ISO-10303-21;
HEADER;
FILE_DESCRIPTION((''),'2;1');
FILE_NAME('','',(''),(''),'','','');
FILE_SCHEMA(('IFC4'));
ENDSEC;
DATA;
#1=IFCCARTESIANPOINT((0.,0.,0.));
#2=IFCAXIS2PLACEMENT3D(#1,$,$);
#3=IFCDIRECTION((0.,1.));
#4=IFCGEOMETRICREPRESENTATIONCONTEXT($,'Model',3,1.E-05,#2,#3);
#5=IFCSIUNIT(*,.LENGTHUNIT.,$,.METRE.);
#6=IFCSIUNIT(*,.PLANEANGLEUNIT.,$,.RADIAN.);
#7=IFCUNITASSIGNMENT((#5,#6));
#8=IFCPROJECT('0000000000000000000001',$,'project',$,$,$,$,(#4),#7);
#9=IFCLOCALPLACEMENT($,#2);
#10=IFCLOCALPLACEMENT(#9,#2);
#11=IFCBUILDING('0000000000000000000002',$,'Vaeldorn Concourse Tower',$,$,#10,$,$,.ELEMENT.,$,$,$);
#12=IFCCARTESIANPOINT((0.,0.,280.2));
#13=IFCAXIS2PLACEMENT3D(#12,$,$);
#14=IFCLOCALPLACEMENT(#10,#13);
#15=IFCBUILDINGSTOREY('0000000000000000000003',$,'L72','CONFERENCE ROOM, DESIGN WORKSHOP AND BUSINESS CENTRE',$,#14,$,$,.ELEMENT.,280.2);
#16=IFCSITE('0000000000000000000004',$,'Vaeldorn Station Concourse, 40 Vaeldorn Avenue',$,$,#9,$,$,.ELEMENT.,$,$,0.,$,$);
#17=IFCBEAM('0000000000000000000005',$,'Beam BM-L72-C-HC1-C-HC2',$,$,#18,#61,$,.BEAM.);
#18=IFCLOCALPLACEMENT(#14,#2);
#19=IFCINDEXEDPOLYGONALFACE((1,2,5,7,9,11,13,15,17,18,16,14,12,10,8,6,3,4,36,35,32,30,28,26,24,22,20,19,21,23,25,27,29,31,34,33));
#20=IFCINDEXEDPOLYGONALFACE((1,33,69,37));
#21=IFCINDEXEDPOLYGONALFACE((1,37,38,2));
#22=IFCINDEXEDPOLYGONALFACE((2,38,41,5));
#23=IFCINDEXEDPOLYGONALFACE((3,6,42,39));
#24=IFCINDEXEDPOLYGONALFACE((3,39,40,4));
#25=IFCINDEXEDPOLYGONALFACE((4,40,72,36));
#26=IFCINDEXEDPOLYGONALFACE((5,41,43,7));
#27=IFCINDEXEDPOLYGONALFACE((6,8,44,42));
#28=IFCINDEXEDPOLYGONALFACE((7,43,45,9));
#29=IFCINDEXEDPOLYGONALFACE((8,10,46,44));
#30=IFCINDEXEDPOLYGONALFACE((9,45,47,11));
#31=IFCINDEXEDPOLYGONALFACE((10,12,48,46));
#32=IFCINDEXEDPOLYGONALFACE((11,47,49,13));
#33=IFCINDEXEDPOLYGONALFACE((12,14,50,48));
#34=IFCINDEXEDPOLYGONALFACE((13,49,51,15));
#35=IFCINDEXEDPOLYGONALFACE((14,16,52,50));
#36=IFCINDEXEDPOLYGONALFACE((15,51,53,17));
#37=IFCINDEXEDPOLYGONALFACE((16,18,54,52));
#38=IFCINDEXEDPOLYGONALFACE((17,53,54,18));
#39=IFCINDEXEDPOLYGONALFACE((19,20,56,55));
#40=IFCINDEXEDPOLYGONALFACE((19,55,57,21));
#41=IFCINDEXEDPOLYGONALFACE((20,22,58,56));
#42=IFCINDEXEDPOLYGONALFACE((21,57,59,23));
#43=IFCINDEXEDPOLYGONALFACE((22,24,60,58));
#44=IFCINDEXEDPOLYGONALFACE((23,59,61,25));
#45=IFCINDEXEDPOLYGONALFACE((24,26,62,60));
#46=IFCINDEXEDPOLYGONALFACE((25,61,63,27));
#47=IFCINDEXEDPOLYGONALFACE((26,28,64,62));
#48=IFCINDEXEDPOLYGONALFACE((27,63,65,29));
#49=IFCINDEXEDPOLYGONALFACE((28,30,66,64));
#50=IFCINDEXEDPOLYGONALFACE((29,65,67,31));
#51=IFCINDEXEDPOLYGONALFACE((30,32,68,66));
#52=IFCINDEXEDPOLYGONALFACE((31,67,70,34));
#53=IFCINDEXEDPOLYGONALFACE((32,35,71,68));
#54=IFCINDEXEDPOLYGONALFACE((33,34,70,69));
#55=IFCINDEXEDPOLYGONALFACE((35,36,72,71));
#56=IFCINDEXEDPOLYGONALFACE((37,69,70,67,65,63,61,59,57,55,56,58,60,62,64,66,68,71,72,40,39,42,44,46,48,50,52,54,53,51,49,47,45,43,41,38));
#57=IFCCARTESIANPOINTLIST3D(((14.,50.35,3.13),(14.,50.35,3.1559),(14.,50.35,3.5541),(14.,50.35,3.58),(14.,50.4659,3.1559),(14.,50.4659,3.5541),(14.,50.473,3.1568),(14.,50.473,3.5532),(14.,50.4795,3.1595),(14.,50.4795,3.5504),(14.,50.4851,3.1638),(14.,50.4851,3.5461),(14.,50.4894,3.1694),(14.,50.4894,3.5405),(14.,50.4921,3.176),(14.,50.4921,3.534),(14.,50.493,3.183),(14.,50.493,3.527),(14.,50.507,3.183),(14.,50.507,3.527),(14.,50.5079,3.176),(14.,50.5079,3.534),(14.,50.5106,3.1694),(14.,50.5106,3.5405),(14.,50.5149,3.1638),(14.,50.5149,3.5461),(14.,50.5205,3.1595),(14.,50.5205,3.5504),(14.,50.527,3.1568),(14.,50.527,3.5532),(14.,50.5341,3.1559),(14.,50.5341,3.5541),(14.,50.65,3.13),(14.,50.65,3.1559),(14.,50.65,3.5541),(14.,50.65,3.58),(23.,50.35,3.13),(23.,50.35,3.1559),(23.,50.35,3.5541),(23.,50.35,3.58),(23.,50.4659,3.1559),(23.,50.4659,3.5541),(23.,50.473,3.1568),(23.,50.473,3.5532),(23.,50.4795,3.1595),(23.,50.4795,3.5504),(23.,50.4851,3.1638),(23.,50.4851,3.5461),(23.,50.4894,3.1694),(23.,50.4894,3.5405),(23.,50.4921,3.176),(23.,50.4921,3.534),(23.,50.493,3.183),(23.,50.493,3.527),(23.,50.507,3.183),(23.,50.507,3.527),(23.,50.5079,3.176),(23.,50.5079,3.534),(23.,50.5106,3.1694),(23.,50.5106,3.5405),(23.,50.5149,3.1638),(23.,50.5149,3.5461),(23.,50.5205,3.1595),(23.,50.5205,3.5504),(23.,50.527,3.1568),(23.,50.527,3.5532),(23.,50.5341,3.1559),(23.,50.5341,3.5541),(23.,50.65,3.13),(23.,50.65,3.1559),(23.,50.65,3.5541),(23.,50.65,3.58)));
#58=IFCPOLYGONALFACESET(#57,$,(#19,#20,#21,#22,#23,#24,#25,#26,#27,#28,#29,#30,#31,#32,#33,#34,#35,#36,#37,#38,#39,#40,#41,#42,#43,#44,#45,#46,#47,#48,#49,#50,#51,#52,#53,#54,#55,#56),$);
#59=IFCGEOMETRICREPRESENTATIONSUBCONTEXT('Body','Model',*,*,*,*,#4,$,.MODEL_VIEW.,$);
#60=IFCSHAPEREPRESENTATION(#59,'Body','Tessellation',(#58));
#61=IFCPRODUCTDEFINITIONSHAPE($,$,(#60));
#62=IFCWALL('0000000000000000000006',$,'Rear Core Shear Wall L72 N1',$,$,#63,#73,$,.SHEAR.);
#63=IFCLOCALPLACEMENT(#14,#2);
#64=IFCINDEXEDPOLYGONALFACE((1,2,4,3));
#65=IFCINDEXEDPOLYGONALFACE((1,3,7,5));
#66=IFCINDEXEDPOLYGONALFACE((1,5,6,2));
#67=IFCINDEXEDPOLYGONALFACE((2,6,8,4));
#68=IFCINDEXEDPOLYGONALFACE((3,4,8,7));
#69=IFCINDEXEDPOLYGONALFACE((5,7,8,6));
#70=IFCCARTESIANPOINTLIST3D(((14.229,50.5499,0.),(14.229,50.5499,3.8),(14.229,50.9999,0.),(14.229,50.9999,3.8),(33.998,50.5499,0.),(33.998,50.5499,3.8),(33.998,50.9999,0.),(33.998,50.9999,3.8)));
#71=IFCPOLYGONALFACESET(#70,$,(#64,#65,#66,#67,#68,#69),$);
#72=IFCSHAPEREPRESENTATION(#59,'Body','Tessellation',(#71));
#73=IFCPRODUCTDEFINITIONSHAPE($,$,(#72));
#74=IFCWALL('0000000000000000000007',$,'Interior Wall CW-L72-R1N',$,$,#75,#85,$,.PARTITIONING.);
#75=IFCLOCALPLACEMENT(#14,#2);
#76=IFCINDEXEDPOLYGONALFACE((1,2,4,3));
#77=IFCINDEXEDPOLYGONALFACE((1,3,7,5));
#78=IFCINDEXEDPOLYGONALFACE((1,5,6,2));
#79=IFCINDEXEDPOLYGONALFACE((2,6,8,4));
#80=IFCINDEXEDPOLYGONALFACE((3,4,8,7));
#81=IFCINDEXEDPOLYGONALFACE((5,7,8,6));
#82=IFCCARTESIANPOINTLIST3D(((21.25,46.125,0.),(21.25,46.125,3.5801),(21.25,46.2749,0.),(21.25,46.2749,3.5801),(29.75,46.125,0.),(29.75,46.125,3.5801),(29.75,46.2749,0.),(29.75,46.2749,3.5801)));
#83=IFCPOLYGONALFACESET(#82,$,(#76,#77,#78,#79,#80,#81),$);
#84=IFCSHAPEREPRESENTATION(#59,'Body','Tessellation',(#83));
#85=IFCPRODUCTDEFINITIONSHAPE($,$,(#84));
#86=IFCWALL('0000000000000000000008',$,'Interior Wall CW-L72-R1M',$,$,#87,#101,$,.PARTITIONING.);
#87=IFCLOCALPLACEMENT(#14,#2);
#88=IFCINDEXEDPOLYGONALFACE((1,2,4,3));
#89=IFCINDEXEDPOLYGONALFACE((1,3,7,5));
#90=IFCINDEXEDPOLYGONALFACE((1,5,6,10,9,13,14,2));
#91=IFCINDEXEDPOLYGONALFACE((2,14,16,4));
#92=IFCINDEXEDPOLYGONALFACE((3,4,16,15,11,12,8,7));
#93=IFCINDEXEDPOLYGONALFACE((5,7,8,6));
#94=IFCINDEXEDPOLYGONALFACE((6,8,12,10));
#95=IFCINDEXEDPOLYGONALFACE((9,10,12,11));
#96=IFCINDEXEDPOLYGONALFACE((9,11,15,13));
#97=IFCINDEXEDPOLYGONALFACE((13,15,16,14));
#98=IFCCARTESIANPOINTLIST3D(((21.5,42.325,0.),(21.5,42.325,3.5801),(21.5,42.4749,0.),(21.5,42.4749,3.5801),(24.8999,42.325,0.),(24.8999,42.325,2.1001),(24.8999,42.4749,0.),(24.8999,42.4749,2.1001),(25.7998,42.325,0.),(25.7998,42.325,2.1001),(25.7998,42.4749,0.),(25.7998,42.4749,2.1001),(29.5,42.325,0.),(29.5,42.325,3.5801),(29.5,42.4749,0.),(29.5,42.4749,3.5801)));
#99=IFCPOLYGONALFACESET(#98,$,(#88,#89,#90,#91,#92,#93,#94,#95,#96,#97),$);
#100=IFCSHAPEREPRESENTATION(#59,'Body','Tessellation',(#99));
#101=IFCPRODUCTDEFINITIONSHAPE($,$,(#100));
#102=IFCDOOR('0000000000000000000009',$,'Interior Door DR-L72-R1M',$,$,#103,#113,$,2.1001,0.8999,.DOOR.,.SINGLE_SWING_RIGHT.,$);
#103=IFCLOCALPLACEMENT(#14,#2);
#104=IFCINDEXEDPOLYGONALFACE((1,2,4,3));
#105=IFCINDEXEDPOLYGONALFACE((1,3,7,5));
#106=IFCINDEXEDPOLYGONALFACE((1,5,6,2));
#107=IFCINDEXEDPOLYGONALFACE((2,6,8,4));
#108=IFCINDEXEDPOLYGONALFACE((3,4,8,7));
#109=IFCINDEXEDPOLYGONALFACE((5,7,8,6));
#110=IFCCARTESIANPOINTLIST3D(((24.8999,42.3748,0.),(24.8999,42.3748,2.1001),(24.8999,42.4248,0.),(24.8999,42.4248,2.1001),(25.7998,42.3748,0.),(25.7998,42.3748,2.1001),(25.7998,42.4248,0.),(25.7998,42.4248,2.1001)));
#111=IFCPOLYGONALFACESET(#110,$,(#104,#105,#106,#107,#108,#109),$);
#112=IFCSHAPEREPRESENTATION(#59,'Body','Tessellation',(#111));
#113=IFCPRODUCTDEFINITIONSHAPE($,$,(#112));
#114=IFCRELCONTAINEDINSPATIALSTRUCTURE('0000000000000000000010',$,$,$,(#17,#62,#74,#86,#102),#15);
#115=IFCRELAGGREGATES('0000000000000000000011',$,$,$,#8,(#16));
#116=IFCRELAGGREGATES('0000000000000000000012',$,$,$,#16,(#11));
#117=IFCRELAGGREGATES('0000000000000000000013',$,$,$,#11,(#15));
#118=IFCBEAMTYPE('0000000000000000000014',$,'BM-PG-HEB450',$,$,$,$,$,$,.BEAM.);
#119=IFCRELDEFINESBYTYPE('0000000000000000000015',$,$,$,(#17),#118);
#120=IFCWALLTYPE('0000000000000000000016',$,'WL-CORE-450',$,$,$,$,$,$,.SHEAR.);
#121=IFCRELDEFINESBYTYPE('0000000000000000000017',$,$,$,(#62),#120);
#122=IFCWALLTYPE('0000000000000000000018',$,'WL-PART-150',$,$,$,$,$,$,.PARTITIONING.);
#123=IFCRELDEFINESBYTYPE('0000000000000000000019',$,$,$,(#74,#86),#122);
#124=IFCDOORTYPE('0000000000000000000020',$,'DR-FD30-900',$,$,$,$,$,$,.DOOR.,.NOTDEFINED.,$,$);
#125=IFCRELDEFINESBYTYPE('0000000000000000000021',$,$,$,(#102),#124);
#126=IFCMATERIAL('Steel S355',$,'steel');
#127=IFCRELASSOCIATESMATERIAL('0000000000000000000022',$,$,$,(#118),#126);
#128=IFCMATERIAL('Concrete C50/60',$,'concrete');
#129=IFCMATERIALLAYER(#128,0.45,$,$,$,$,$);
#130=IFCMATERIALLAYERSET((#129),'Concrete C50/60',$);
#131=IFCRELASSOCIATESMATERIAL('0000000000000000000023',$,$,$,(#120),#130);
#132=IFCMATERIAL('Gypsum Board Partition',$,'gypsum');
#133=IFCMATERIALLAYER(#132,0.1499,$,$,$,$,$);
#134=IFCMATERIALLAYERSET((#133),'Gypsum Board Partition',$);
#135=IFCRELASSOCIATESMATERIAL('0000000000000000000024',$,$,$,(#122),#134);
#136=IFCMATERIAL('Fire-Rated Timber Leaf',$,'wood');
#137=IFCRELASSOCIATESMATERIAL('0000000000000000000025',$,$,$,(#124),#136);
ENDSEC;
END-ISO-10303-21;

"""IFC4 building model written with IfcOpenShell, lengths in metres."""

from ifc_helpers import new_model, si_unit, direction, frame, frame_2d, origin, origin_2d, place, context, subcontext, project, spatial, rectangle, i_section, extrude, source, transform, mapped, material, layer, layer_set, material_profile, profile_set, type_object, element, fill, save


model = new_model("IFC4")

# Units and contexts
model_context = context("Model", 3, precision=1e-05, world=origin(), true_north=direction((0.0, 1.0)))
body_context = subcontext(model_context, "Body", "Model", "MODEL_VIEW")
ifc_project = project(units=[si_unit("LENGTHUNIT", "METRE"), si_unit("PLANEANGLEUNIT", "RADIAN")], contexts=[model_context])

# Site, building, storey
site_placement = place(None, origin())
site = spatial("IfcSite", under=ifc_project, at=site_placement, Name="Vaeldorn Station Concourse, 40 Vaeldorn Avenue", CompositionType="ELEMENT", RefElevation=0.0)
building_placement = place(site_placement, origin())
building = spatial("IfcBuilding", under=site, at=building_placement, Name="Vaeldorn Concourse Tower", CompositionType="ELEMENT")
storey_placement = place(building_placement, frame((0.0, 0.0, 280.2)))
storey = spatial("IfcBuildingStorey", under=building, at=storey_placement, Name="L72", Description="CONFERENCE ROOM, DESIGN WORKSHOP AND BUSINESS CENTRE", CompositionType="ELEMENT", Elevation=280.2)

# Shared definitions
ifc_material_1 = material(Name="Steel S355", Category="steel")

# Beam
ifc_material_profile_1 = material_profile(ifc_material_1, i_section(OverallWidth=0.3, OverallDepth=0.45, WebThickness=0.0139, FlangeThickness=0.0259, FilletRadius=0.0271, at=origin_2d()), Name="HEB 450")
ifc_profile_set_1 = profile_set([ifc_material_profile_1], Name="Steel S355")
beam_type_1 = type_object("IfcBeamType", Name="BM-PG-HEB450", PredefinedType="BEAM", material=ifc_profile_set_1)
shared_shape_1 = source(origin(), body_context, "Body", "SweptSolid", [
    extrude(i_section(OverallWidth=0.3, OverallDepth=0.45, WebThickness=0.0139, FlangeThickness=0.0259, FilletRadius=0.0271, at=origin_2d()), origin(), (0.0, 0.0, 1.0), 9.0),
])
beam_1_placement = place(storey_placement, frame((14.0, 50.5, 3.355), z_axis=(1.0, 0.0, 0.0), x_axis=(0.0, 1.0, 0.0)))
element("IfcBeam", 1, at=beam_1_placement, inside=storey, type_object=beam_type_1, Name="Beam BM-L72-C-HC1-C-HC2", PredefinedType="BEAM", context=body_context, shape_type="MappedRepresentation", body=[
    mapped(shared_shape_1, transform((0.0, 0.0, 0.0), scale=1.0)),
])

# Walls
ifc_material_2 = material(Name="Concrete C50/60", Category="concrete")
ifc_layer_1 = layer(ifc_material_2, 0.45)
ifc_layer_set_1 = layer_set([ifc_layer_1], Name="Concrete C50/60")
wall_type_1 = type_object("IfcWallType", Name="WL-CORE-450", PredefinedType="SHEAR", material=ifc_layer_set_1)
wall_1_placement = place(storey_placement, frame((14.229, 50.7749, 0.0), z_axis=(0.0, 0.0, 1.0), x_axis=(1.0, 0.0, 0.0)))
element("IfcWall", 2, at=wall_1_placement, inside=storey, type_object=wall_type_1, Name="Rear Core Shear Wall L72 N1", PredefinedType="SHEAR", context=body_context, shape_type="SweptSolid", body=[
    extrude(rectangle(XDim=19.769, YDim=0.45, at=frame_2d((9.8845, 0.0))), origin(), (0.0, 0.0, 1.0), 3.8),
])
ifc_material_3 = material(Name="Gypsum Board Partition", Category="gypsum")
ifc_layer_2 = layer(ifc_material_3, 0.1499)
ifc_layer_set_2 = layer_set([ifc_layer_2], Name="Gypsum Board Partition")
wall_type_2 = type_object("IfcWallType", Name="WL-PART-150", PredefinedType="PARTITIONING", material=ifc_layer_set_2)
wall_2_placement = place(storey_placement, frame((21.25, 46.2, 0.0), z_axis=(0.0, 0.0, 1.0), x_axis=(1.0, 0.0, 0.0)))
element("IfcWall", 3, at=wall_2_placement, inside=storey, type_object=wall_type_2, Name="Interior Wall CW-L72-R1N", PredefinedType="PARTITIONING", context=body_context, shape_type="SweptSolid", body=[
    extrude(rectangle(XDim=8.5, YDim=0.1499, at=frame_2d((4.25, 0.0))), origin(), (0.0, 0.0, 1.0), 3.5801),
])

# Wall, opening, door
wall_3_placement = place(storey_placement, frame((21.5, 42.3999, 0.0), z_axis=(0.0, 0.0, 1.0), x_axis=(1.0, 0.0, 0.0)))
wall_3 = element("IfcWall", 4, at=wall_3_placement, inside=storey, type_object=wall_type_2, Name="Interior Wall CW-L72-R1M", PredefinedType="PARTITIONING", context=body_context, shape_type="SweptSolid", body=[
    extrude(rectangle(XDim=8.0, YDim=0.1499, at=frame_2d((4.0, 0.0))), origin(), (0.0, 0.0, 1.0), 3.5801),
])
opening_1_placement = place(wall_3_placement, frame((3.3999, 0.0, 0.0)))
opening_1 = element("IfcOpeningElement", 5, at=opening_1_placement, cuts=wall_3, PredefinedType="OPENING", context=body_context, shape_type="SweptSolid", body=[
    extrude(rectangle(XDim=0.8999, YDim=2.1001, at=frame_2d((0.45, 1.05))), frame((0.0, 0.085, 0.0), z_axis=(0.0, -1.0, 0.0), x_axis=(1.0, 0.0, 0.0)), (0.0, 0.0, 1.0), 0.1699),
])
ifc_material_4 = material(Name="Fire-Rated Timber Leaf", Category="wood")
door_type_1 = type_object("IfcDoorType", Name="DR-FD30-900", OperationType="NOTDEFINED", PredefinedType="DOOR", material=ifc_material_4)
shared_shape_2 = source(origin(), body_context, "Body", "SweptSolid", [
    extrude(rectangle(XDim=0.8999, YDim=2.1001, at=frame_2d((0.45, 1.05))), frame((0.0, 0.0249, 0.0), z_axis=(0.0, -1.0, 0.0), x_axis=(1.0, 0.0, 0.0)), (0.0, 0.0, 1.0), 0.05),
])
door_1_placement = place(opening_1_placement, origin())
door_1 = element("IfcDoor", 6, at=door_1_placement, inside=storey, type_object=door_type_1, Name="Interior Door DR-L72-R1M", OperationType="SINGLE_SWING_RIGHT", OverallHeight=2.1001, OverallWidth=0.8999, PredefinedType="DOOR", context=body_context, shape_type="MappedRepresentation", body=[
    mapped(shared_shape_2, transform((0.0, 0.0, 0.0), scale=1.0)),
])
fill(opening_1, door_1)

save(model, "model.ifc")
